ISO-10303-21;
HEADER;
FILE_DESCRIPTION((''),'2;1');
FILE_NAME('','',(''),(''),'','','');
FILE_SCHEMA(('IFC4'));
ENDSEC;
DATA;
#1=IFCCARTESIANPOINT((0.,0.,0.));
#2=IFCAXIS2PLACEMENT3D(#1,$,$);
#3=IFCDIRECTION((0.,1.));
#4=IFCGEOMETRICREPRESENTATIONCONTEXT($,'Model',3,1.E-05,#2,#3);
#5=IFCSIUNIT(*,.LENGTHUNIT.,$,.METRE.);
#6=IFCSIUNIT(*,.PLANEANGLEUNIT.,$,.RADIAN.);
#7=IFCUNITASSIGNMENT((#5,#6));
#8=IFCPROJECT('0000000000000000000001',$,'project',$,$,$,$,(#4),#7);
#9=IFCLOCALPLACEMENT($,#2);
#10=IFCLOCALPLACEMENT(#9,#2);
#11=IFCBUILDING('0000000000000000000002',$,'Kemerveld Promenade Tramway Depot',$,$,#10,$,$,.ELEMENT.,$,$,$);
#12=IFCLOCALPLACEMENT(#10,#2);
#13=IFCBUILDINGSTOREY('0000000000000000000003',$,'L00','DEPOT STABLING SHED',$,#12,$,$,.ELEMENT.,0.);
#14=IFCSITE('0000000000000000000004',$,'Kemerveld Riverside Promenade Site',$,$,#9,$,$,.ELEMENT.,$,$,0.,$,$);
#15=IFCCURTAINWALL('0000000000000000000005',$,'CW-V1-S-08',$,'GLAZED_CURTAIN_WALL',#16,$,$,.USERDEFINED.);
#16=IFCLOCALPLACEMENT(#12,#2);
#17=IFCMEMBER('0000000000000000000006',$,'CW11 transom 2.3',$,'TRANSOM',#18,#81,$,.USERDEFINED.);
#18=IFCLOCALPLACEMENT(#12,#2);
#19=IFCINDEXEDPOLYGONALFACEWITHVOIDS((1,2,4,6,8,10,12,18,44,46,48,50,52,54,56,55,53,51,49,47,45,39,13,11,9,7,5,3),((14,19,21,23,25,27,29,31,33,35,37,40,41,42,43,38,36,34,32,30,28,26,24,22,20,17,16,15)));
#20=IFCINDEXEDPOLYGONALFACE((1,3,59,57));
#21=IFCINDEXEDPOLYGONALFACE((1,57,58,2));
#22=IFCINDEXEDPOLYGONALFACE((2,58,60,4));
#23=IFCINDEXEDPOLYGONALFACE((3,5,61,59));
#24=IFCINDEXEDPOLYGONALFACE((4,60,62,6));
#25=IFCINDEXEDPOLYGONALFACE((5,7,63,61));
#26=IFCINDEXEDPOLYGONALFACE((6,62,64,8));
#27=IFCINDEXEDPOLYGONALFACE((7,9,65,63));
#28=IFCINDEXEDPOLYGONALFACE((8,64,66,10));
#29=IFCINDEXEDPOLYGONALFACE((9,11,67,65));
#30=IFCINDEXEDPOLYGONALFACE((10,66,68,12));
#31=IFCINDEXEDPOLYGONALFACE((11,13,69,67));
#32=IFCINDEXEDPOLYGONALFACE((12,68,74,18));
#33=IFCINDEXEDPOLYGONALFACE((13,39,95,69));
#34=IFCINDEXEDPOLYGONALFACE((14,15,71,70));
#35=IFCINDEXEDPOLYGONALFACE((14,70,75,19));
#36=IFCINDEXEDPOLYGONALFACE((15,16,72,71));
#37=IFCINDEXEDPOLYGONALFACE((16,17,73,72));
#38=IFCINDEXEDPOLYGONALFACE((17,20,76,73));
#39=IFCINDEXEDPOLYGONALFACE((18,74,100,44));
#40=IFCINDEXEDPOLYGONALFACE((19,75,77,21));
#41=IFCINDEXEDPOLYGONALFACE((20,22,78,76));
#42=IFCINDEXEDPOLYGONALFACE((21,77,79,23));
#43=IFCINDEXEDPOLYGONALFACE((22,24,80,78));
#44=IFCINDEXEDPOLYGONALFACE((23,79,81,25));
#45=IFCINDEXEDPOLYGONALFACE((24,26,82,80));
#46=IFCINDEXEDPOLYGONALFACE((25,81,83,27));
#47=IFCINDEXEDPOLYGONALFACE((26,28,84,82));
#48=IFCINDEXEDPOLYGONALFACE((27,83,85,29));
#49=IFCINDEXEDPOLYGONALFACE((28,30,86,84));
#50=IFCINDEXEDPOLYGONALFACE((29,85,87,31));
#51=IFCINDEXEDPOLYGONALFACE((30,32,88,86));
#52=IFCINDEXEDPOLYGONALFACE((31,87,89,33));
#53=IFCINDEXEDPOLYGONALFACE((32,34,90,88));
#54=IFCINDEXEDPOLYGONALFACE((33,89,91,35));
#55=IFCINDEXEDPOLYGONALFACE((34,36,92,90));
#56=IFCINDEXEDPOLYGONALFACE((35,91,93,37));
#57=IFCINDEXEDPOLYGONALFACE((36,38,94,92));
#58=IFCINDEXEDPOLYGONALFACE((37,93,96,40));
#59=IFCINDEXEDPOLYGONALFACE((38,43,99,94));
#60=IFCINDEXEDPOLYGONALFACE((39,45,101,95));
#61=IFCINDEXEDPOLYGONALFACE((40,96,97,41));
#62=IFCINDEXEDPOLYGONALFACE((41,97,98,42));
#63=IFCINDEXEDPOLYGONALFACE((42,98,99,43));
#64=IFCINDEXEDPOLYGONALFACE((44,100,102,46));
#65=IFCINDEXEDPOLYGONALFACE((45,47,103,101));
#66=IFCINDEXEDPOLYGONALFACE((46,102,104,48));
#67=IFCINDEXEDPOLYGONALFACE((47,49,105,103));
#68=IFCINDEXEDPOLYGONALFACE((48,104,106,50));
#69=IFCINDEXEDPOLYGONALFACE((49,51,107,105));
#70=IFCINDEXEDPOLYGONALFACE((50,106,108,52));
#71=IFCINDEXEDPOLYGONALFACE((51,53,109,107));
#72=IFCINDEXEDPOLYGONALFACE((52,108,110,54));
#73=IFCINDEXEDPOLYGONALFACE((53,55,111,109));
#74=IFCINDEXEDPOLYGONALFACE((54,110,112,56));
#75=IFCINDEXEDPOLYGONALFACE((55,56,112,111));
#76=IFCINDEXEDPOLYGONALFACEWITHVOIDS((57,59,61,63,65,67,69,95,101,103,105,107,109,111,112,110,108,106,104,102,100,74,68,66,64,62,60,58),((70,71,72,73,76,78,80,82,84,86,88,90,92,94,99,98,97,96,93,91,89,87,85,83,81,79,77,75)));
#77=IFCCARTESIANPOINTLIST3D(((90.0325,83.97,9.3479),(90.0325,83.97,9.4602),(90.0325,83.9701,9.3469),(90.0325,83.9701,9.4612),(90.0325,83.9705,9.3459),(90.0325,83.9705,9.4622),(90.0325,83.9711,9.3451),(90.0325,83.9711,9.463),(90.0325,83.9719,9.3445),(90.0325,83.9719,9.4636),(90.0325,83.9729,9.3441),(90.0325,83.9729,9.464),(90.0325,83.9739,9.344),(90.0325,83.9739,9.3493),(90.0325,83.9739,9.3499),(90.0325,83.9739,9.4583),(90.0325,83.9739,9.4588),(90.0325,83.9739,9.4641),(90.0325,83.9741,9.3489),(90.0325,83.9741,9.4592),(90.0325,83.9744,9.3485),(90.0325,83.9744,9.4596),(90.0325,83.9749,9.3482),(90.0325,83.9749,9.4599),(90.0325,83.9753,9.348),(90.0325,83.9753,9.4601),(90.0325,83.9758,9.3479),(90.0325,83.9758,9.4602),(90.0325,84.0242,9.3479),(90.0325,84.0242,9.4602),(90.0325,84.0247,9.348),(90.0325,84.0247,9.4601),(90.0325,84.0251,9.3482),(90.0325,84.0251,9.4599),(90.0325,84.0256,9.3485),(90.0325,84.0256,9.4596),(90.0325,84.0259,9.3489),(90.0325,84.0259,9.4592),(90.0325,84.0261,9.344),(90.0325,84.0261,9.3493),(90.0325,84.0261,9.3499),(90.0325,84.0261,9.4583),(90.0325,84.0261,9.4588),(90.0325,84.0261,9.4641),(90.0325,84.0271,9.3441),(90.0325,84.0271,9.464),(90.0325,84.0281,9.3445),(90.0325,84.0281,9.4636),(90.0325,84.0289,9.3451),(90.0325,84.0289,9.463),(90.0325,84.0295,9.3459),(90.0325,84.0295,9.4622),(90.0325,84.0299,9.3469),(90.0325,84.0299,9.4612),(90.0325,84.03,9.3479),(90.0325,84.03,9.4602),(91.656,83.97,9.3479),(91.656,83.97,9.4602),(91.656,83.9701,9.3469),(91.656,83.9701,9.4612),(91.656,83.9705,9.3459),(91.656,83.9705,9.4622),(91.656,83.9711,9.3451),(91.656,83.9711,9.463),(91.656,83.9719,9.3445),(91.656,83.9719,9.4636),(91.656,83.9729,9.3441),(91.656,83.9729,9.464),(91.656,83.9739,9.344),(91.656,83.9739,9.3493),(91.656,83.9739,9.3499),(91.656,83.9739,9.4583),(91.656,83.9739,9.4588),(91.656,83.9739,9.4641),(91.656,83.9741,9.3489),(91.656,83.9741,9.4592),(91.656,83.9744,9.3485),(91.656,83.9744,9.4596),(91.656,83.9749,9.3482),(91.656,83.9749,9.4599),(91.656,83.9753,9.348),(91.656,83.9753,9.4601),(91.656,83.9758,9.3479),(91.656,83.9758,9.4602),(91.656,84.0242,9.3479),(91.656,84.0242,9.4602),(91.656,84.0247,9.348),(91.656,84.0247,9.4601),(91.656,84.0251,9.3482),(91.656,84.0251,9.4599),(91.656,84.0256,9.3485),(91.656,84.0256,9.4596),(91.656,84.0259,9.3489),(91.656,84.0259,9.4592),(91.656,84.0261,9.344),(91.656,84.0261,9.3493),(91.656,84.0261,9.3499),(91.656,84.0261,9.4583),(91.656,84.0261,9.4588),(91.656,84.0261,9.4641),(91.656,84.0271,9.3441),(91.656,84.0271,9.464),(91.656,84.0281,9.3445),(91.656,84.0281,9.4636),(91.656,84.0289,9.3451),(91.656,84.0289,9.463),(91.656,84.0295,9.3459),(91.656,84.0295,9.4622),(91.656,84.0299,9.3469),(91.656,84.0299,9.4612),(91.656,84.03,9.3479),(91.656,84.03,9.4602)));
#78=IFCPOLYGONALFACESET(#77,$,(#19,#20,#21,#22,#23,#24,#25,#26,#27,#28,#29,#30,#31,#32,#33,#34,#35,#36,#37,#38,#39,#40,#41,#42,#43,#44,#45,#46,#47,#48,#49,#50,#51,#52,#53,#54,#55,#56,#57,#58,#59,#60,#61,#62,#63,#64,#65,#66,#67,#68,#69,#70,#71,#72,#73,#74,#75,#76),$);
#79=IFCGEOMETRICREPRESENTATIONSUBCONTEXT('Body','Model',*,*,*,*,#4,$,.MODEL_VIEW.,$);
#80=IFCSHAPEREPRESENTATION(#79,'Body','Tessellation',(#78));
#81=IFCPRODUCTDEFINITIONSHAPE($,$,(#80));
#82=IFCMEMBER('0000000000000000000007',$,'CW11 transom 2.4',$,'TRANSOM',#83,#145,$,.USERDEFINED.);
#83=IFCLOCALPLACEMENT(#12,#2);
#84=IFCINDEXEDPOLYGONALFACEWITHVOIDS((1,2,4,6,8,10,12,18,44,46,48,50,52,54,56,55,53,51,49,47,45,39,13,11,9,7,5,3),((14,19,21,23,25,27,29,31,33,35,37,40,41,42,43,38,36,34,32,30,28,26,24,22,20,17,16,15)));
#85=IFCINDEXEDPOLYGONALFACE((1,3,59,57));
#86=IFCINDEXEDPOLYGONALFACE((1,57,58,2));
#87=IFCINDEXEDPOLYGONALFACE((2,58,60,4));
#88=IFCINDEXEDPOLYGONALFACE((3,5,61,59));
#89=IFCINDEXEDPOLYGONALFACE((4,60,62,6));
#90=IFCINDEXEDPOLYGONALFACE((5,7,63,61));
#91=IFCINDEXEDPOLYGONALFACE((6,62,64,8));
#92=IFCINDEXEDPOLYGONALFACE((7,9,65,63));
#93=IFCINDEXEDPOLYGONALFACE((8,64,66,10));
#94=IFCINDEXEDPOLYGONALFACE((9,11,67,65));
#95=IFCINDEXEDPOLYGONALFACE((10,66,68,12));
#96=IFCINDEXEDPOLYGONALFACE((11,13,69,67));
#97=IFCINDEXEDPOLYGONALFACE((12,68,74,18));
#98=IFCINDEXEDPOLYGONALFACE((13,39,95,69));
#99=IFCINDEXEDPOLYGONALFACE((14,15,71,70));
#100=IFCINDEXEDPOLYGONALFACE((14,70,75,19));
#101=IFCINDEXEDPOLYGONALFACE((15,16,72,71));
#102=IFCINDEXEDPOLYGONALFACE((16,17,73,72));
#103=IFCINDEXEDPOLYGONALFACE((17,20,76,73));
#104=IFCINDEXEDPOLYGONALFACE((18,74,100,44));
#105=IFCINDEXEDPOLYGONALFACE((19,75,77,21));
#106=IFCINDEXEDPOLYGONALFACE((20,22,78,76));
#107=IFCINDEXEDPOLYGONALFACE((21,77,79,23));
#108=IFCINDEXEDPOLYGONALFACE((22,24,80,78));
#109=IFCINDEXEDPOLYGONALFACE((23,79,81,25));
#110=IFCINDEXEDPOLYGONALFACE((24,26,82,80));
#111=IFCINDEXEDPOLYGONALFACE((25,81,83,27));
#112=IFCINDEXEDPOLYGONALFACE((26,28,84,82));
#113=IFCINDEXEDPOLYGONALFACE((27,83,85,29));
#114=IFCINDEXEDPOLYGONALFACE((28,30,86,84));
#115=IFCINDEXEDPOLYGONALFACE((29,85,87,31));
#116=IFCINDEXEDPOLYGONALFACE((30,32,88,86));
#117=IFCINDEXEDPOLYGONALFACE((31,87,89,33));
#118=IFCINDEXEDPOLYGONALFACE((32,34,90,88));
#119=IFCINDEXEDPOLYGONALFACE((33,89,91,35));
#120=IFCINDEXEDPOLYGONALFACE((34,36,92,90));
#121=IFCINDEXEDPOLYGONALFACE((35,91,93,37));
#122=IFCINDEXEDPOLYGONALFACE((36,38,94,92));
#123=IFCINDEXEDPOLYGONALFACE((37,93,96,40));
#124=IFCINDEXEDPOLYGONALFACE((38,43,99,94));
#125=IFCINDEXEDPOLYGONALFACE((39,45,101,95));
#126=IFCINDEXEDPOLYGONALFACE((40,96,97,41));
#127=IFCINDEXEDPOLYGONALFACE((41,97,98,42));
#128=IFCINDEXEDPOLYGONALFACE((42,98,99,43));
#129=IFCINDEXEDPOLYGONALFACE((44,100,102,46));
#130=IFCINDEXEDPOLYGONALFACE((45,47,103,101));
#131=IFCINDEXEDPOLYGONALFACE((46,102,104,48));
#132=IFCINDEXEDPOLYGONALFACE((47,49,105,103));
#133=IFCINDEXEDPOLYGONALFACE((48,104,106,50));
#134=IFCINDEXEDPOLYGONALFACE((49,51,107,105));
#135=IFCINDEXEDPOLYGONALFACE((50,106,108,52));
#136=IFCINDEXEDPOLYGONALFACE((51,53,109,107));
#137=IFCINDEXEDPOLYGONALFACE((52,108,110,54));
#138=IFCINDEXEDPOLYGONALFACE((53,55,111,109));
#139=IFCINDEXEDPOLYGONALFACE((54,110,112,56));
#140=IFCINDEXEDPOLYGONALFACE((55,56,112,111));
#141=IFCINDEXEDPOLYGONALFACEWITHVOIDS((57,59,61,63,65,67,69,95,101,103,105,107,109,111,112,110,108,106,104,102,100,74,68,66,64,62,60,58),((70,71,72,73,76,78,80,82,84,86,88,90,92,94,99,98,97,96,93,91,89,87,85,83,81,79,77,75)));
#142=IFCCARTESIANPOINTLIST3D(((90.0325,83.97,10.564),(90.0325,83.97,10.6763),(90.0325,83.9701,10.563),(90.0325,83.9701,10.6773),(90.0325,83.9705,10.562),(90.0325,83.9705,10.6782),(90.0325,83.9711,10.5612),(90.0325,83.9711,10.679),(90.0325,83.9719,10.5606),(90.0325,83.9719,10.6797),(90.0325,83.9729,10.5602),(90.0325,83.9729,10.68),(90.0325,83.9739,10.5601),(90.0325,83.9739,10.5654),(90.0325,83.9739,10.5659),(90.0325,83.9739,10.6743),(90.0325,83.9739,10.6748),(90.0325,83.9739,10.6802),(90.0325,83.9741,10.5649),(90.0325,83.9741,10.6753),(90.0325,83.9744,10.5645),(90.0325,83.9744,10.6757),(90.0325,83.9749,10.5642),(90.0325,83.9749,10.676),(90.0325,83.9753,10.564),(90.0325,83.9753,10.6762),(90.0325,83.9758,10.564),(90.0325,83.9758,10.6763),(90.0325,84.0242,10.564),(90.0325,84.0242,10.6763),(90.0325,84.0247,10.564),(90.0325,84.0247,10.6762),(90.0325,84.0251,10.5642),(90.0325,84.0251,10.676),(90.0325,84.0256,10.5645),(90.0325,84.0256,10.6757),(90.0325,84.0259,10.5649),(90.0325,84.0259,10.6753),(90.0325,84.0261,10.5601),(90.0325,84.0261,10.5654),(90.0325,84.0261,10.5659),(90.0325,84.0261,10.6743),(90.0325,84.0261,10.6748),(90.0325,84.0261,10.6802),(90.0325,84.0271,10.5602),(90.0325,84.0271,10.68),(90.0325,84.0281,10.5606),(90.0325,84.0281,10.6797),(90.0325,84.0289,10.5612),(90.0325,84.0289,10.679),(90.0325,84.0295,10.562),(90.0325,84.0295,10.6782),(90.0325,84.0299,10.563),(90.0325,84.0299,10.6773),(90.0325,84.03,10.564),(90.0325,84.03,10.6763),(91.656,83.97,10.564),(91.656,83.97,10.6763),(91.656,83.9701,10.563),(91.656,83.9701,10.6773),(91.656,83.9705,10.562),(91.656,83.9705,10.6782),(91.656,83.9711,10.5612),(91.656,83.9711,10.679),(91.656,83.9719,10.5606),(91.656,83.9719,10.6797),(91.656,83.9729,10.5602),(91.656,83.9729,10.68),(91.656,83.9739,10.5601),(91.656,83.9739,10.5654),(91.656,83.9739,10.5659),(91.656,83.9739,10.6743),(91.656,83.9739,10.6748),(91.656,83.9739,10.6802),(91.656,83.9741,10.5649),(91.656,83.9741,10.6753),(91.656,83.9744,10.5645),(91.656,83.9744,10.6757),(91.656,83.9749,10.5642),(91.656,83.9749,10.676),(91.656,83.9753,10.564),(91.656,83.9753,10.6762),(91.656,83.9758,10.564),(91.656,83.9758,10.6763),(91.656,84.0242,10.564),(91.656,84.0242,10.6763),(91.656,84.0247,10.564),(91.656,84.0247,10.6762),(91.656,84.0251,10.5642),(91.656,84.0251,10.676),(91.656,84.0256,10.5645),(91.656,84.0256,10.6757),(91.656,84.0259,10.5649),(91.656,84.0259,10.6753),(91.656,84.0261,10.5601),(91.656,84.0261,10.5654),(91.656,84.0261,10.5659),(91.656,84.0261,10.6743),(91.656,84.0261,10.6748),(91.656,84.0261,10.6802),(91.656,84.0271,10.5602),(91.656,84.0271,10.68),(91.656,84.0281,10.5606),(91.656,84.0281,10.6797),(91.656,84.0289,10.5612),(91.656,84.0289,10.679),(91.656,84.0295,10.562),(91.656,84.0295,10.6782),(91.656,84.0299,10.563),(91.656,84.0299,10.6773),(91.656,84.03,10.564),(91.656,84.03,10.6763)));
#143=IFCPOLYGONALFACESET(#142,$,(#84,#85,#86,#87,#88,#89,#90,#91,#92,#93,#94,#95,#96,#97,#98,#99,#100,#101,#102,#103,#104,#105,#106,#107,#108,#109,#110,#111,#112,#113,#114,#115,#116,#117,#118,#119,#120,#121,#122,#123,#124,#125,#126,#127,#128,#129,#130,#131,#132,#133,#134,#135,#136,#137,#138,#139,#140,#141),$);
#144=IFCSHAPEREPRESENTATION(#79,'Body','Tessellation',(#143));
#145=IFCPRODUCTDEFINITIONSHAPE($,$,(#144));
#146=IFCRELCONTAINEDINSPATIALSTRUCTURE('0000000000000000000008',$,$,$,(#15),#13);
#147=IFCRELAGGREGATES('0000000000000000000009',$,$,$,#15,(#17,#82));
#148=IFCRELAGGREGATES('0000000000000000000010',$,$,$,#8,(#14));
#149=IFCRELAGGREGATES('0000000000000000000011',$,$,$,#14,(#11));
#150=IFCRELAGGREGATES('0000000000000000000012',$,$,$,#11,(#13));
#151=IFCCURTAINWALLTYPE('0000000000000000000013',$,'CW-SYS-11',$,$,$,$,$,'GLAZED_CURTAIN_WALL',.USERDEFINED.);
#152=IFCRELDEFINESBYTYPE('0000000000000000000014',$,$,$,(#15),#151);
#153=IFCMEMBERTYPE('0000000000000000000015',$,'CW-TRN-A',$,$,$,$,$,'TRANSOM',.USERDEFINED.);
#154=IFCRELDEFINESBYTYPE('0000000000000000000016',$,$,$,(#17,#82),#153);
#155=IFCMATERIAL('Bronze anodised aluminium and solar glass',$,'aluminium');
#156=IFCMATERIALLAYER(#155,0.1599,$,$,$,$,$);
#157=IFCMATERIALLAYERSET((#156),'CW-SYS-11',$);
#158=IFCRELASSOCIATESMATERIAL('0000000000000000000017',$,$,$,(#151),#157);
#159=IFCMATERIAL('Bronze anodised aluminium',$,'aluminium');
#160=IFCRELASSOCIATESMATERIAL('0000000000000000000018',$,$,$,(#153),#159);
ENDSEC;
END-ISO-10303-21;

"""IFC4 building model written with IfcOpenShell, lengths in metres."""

from ifc_helpers import new_model, si_unit, direction, frame, origin, origin_2d, place, context, subcontext, project, spatial, hollow_rectangle, extrude, material, layer, layer_set, material_profile, profile_set, type_object, element, aggregate, save


model = new_model("IFC4")

# Units and contexts
model_context = context("Model", 3, precision=1e-05, world=origin(), true_north=direction((0.0, 1.0)))
body_context = subcontext(model_context, "Body", "Model", "MODEL_VIEW")
ifc_project = project(units=[si_unit("LENGTHUNIT", "METRE"), si_unit("PLANEANGLEUNIT", "RADIAN")], contexts=[model_context])

# Site, building, storey
site_placement = place(None, origin())
site = spatial("IfcSite", under=ifc_project, at=site_placement, Name="Kemerveld Riverside Promenade Site", CompositionType="ELEMENT", RefElevation=0.0)
building_placement = place(site_placement, origin())
building = spatial("IfcBuilding", under=site, at=building_placement, Name="Kemerveld Promenade Tramway Depot", CompositionType="ELEMENT")
storey_placement = place(building_placement, origin())
storey = spatial("IfcBuildingStorey", under=building, at=storey_placement, Name="L00", Description="DEPOT STABLING SHED", CompositionType="ELEMENT", Elevation=0.0)

# Curtain wall, members
ifc_material_1 = material(Name="Bronze anodised aluminium and solar glass", Category="aluminium")
ifc_layer_1 = layer(ifc_material_1, 0.1599)
ifc_layer_set_1 = layer_set([ifc_layer_1], Name="CW-SYS-11")
curtain_wall_type_1 = type_object("IfcCurtainWallType", Name="CW-SYS-11", ElementType="GLAZED_CURTAIN_WALL", PredefinedType="USERDEFINED", material=ifc_layer_set_1)
curtain_wall_1_placement = place(storey_placement, origin())
curtain_wall_1 = element("IfcCurtainWall", 1, at=curtain_wall_1_placement, inside=storey, type_object=curtain_wall_type_1, Name="CW-V1-S-08", ObjectType="GLAZED_CURTAIN_WALL", PredefinedType="USERDEFINED")
ifc_material_2 = material(Name="Bronze anodised aluminium", Category="aluminium")
ifc_material_profile_1 = material_profile(ifc_material_2, hollow_rectangle(XDim=0.0601, YDim=0.1201, WallThickness=0.0039, InnerFilletRadius=0.002, OuterFilletRadius=0.0039, at=origin_2d()), Name="CW-TRN-120x60")
ifc_profile_set_1 = profile_set([ifc_material_profile_1], Name="Bronze anodised aluminium")
member_type_1 = type_object("IfcMemberType", Name="CW-TRN-A", ElementType="TRANSOM", PredefinedType="USERDEFINED", material=ifc_profile_set_1)
member_1_placement = place(storey_placement, frame((91.656, 84.0, 9.4041), z_axis=(-1.0, 0.0, 0.0), x_axis=(0.0, -1.0, 0.0)))
member_1 = element("IfcMember", 2, at=member_1_placement, type_object=member_type_1, Name="CW11 transom 2.3", ObjectType="TRANSOM", PredefinedType="USERDEFINED", context=body_context, shape_type="SweptSolid", body=[
    extrude(hollow_rectangle(XDim=0.0601, YDim=0.1201, WallThickness=0.0039, InnerFilletRadius=0.002, OuterFilletRadius=0.0039, at=origin_2d()), origin(), (0.0, 0.0, 1.0), 1.6235),
])
member_2_placement = place(storey_placement, frame((91.656, 84.0, 10.6201), z_axis=(-1.0, 0.0, 0.0), x_axis=(0.0, -1.0, 0.0)))
member_2 = element("IfcMember", 3, at=member_2_placement, type_object=member_type_1, Name="CW11 transom 2.4", ObjectType="TRANSOM", PredefinedType="USERDEFINED", context=body_context, shape_type="SweptSolid", body=[
    extrude(hollow_rectangle(XDim=0.0601, YDim=0.1201, WallThickness=0.0039, InnerFilletRadius=0.002, OuterFilletRadius=0.0039, at=origin_2d()), origin(), (0.0, 0.0, 1.0), 1.6235),
])

aggregate(curtain_wall_1, [member_1, member_2])

save(model, "model.ifc")
